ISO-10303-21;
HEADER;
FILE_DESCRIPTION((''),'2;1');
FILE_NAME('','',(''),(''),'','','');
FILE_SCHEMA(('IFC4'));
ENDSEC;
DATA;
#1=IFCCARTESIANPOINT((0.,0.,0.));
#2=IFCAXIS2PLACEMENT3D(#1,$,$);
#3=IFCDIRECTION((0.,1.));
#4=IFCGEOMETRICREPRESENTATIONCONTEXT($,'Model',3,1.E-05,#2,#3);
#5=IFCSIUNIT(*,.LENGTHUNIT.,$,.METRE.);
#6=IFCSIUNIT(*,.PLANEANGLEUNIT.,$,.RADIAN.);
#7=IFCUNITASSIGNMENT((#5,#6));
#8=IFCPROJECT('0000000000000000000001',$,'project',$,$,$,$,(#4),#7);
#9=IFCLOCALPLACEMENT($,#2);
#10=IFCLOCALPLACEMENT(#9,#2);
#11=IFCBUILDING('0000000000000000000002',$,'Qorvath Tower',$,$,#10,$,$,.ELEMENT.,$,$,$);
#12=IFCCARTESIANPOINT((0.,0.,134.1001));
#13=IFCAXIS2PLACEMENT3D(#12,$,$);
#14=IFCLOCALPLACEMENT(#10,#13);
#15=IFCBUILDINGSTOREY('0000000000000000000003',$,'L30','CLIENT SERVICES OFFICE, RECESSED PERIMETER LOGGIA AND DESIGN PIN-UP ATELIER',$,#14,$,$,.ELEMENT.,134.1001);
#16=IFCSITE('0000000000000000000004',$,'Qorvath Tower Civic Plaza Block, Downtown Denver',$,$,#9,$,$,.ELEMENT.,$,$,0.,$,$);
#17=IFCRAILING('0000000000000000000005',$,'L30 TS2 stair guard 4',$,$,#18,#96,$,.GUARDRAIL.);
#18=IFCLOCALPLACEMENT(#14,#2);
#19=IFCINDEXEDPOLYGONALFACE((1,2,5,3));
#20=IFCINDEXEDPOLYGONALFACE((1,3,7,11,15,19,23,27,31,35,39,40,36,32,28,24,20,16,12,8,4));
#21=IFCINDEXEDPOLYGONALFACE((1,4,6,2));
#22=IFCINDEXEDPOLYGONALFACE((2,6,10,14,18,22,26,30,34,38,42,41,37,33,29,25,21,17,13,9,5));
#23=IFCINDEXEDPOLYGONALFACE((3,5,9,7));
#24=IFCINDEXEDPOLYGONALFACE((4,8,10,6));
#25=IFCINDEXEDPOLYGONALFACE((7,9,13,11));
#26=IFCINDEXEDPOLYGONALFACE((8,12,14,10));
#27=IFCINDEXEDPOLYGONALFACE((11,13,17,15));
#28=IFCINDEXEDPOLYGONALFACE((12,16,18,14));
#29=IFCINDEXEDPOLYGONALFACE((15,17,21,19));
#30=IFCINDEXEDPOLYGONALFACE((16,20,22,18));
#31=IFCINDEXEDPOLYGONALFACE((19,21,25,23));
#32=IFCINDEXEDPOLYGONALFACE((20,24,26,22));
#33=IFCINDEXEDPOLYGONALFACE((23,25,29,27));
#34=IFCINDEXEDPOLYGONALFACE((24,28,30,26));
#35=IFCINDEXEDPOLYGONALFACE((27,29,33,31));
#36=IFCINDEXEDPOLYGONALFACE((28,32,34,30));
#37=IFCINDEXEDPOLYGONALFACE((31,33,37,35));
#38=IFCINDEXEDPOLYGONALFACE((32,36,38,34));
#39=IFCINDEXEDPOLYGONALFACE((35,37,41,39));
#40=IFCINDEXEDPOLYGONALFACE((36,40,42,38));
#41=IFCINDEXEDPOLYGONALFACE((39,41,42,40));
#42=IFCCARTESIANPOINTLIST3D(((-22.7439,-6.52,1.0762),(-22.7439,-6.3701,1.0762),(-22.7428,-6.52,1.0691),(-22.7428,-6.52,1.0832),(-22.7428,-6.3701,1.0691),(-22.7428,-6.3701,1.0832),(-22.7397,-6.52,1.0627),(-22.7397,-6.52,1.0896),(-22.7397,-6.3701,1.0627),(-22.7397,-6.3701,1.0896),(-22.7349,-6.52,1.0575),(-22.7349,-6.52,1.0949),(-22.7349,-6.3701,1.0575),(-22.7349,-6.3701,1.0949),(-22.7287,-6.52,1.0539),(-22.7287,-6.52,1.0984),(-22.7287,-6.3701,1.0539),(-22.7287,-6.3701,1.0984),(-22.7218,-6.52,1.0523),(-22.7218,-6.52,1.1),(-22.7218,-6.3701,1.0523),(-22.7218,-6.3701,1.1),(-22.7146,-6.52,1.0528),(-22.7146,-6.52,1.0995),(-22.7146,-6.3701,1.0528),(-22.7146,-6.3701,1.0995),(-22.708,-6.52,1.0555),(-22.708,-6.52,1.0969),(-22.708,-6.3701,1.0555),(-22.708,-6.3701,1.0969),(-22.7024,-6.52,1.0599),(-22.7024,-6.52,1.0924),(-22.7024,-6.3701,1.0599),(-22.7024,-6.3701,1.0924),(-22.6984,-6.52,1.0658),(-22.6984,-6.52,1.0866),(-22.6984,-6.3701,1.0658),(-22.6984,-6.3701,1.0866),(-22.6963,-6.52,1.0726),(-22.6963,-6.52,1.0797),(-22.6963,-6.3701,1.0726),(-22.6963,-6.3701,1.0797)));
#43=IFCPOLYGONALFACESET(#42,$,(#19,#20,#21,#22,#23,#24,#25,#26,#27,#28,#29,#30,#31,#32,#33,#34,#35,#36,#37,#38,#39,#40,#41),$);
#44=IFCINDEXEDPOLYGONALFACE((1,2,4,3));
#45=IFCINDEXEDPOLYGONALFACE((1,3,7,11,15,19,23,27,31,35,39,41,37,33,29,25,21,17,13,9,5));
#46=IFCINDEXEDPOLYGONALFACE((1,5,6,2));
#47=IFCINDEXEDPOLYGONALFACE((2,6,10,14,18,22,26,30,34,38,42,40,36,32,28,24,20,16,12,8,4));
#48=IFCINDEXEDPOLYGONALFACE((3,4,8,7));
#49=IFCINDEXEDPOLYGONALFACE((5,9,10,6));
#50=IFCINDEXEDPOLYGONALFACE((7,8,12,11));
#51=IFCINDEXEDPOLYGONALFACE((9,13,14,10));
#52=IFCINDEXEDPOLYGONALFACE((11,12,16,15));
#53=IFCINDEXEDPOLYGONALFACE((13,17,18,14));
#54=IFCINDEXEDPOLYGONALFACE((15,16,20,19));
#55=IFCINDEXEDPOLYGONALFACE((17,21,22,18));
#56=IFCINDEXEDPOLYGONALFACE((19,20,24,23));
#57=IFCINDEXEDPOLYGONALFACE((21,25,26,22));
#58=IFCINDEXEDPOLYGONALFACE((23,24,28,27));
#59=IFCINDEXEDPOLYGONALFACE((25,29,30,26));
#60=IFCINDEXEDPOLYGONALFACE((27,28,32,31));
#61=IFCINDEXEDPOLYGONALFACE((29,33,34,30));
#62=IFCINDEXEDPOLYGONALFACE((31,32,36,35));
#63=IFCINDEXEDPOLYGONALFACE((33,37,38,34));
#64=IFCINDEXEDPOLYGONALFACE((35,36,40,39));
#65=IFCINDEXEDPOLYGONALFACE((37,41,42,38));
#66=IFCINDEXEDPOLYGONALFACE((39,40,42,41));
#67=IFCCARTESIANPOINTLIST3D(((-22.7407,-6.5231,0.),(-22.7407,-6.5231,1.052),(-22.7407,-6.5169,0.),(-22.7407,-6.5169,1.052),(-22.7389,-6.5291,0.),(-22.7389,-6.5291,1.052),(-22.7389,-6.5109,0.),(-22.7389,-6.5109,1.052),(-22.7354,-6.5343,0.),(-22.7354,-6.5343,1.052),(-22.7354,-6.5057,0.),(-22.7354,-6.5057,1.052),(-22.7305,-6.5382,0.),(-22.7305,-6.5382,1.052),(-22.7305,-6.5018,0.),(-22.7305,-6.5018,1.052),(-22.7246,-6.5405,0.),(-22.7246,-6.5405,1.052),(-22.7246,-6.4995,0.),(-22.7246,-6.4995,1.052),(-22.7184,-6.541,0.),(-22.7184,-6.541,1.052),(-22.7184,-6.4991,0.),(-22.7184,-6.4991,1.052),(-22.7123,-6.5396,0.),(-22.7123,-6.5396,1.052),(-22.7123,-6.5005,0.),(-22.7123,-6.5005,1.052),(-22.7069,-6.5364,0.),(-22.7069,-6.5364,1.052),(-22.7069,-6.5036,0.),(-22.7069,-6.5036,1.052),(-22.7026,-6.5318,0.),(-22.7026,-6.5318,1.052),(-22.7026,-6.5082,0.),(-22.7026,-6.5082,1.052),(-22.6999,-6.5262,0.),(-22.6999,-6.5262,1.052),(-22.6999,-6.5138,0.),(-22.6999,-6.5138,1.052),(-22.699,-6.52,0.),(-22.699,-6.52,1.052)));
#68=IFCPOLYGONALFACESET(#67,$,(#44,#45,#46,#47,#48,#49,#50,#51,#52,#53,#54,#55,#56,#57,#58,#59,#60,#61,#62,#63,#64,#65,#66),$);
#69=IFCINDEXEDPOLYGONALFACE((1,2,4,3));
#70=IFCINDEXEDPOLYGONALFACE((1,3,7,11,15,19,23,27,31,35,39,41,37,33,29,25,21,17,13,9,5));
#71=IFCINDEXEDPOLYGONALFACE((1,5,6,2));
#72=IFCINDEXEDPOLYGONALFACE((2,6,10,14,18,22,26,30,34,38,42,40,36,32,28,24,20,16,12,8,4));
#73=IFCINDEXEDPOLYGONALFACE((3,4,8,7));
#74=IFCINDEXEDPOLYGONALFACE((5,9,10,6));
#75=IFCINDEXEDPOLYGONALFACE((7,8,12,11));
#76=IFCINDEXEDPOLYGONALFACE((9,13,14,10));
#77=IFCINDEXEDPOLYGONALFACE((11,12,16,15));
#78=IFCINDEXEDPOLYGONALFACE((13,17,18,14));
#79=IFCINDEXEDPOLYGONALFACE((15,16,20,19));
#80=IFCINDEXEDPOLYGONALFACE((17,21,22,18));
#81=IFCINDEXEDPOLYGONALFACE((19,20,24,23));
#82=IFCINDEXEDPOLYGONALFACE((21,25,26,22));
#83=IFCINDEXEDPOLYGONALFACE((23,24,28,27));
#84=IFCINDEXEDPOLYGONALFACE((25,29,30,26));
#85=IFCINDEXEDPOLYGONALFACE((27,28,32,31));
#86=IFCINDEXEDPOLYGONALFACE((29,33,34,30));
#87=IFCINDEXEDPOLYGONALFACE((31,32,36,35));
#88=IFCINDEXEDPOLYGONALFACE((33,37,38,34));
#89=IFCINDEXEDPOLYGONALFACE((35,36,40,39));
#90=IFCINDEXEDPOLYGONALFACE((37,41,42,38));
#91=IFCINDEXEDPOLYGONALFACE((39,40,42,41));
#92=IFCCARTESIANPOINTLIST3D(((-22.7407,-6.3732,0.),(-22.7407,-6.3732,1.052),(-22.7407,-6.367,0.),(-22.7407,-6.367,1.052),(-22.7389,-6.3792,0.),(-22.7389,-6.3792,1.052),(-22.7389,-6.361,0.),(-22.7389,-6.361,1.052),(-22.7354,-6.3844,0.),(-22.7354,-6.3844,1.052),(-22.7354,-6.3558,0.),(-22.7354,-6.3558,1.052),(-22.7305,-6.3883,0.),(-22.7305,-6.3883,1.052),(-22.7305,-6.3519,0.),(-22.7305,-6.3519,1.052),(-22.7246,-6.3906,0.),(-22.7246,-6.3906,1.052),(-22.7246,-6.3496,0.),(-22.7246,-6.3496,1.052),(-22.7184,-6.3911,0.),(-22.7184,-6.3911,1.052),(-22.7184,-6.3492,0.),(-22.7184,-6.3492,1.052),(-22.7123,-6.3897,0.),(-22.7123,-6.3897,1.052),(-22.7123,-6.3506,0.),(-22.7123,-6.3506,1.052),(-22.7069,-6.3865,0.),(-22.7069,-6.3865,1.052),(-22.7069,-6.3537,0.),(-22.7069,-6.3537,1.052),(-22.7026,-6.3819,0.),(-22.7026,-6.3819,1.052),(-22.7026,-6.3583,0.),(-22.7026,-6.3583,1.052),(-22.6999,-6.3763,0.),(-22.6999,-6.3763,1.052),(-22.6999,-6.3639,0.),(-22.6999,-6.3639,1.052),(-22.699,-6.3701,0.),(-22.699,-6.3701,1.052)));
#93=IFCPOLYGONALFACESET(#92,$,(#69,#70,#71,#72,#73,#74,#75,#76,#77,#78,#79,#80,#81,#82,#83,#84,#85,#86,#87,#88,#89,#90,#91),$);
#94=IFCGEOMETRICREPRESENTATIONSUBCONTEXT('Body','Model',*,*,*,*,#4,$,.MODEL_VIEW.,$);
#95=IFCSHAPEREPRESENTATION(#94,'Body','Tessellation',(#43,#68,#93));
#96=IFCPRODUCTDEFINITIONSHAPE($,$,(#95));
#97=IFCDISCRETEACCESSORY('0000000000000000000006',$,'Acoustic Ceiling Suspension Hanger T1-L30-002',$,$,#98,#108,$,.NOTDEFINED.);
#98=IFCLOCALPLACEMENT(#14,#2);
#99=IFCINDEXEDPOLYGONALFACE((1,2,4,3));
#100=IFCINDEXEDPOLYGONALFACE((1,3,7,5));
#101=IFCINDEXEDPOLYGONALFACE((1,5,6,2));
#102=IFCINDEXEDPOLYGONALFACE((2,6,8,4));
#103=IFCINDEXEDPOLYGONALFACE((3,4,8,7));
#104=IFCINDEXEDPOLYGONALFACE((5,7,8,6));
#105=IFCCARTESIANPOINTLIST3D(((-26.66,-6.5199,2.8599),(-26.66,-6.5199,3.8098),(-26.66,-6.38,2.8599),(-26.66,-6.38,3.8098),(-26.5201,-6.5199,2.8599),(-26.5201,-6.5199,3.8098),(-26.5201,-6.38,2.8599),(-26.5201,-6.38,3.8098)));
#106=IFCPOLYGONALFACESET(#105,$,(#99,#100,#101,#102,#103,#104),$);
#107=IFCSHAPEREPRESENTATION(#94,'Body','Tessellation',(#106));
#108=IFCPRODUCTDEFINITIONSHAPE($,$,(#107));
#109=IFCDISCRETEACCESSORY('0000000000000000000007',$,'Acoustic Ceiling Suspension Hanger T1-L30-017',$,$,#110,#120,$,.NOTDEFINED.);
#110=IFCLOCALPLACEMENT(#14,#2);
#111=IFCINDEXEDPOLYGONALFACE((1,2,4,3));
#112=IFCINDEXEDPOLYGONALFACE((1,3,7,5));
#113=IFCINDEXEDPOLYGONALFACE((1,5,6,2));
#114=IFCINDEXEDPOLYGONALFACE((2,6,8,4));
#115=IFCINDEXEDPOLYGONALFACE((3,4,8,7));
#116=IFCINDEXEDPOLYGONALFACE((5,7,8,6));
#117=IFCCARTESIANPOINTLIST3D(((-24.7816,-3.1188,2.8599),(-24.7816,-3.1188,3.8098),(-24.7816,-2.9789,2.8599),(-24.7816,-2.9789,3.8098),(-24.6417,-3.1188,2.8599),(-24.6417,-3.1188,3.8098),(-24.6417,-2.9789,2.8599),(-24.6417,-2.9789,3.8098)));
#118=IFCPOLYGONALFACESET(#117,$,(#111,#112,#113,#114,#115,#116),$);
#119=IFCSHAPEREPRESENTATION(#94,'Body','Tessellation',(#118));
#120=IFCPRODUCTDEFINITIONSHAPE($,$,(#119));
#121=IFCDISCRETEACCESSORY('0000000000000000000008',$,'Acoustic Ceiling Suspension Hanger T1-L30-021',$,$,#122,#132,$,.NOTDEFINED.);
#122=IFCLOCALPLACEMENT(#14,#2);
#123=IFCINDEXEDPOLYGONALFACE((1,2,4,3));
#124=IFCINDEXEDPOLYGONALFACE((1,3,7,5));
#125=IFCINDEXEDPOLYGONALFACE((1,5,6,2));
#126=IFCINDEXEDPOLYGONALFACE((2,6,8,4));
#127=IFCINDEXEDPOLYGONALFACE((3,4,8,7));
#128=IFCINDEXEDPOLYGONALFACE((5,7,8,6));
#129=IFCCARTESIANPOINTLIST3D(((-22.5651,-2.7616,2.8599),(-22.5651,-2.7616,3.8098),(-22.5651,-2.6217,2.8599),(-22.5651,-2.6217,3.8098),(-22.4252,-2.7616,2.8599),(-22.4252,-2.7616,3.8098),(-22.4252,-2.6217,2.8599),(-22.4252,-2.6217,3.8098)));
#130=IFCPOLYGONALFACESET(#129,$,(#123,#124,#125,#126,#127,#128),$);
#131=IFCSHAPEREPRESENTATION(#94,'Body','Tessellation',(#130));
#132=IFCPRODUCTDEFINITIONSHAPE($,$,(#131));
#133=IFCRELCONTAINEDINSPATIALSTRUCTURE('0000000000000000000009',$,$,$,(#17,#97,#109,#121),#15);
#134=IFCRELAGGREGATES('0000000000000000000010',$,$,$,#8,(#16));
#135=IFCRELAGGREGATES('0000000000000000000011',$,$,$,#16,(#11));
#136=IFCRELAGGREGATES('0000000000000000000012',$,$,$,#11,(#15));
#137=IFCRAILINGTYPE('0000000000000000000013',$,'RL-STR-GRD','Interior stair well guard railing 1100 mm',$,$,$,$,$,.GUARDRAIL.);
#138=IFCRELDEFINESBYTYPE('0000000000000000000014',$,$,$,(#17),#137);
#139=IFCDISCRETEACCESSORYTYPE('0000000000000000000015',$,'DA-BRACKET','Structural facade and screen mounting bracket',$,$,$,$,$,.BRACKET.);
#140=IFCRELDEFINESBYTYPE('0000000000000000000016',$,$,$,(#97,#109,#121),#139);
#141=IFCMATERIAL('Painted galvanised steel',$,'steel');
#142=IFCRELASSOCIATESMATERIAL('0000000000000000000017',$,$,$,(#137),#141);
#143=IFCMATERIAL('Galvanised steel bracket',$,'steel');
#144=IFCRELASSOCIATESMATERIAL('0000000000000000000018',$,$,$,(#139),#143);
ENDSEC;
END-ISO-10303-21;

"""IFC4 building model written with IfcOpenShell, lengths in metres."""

from ifc_helpers import new_model, si_unit, direction, frame, origin, origin_2d, place, context, subcontext, project, spatial, rectangle, circle, extrude, material, type_object, element, save


model = new_model("IFC4")

# Units and contexts
model_context = context("Model", 3, precision=1e-05, world=origin(), true_north=direction((0.0, 1.0)))
body_context = subcontext(model_context, "Body", "Model", "MODEL_VIEW")
ifc_project = project(units=[si_unit("LENGTHUNIT", "METRE"), si_unit("PLANEANGLEUNIT", "RADIAN")], contexts=[model_context])

# Site, building, storey
site_placement = place(None, origin())
site = spatial("IfcSite", under=ifc_project, at=site_placement, Name="Qorvath Tower Civic Plaza Block, Downtown Denver", CompositionType="ELEMENT", RefElevation=0.0)
building_placement = place(site_placement, origin())
building = spatial("IfcBuilding", under=site, at=building_placement, Name="Qorvath Tower", CompositionType="ELEMENT")
storey_placement = place(building_placement, frame((0.0, 0.0, 134.1001)))
storey = spatial("IfcBuildingStorey", under=building, at=storey_placement, Name="L30", Description="CLIENT SERVICES OFFICE, RECESSED PERIMETER LOGGIA AND DESIGN PIN-UP ATELIER", CompositionType="ELEMENT", Elevation=134.1001)

# Railing
ifc_material_1 = material(Name="Painted galvanised steel", Category="steel")
railing_type = type_object("IfcRailingType", Name="RL-STR-GRD", Description="Interior stair well guard railing 1100 mm", PredefinedType="GUARDRAIL", material=ifc_material_1)
railing_1_placement = place(storey_placement, frame((-22.72, -6.52, 0.0)))
element("IfcRailing", 1, at=railing_1_placement, inside=storey, type_object=railing_type, Name="L30 TS2 stair guard 4", PredefinedType="GUARDRAIL", context=body_context, shape_type="SweptSolid", body=[
    extrude(circle(Radius=0.0239, at=origin_2d()), frame((0.0, 0.0, 1.0762), z_axis=(0.0, 1.0, 0.0), x_axis=(-1.0, 0.0, 0.0)), (0.0, 0.0, 1.0), 0.1499),
    extrude(circle(Radius=0.021, at=origin_2d()), origin(), (0.0, 0.0, 1.0), 1.052),
    extrude(circle(Radius=0.021, at=origin_2d()), frame((0.0, 0.1499, 0.0)), (0.0, 0.0, 1.0), 1.052),
])

# Discrete accessories
ifc_material_2 = material(Name="Galvanised steel bracket", Category="steel")
discrete_accessory_type = type_object("IfcDiscreteAccessoryType", Name="DA-BRACKET", Description="Structural facade and screen mounting bracket", PredefinedType="BRACKET", material=ifc_material_2)
for number, where, z_axis, x_axis, name in (
    (2, (-26.5901, -6.45, 2.8599), (0.0, 0.0, 1.0), (1.0, 0.0, 0.0), "Acoustic Ceiling Suspension Hanger T1-L30-002"),
    (3, (-24.7117, -3.0488, 2.8599), (0.0, 0.0, 1.0), (1.0, 0.0, 0.0), "Acoustic Ceiling Suspension Hanger T1-L30-017"),
    (4, (-22.4951, -2.6917, 2.8599), (0.0, 0.0, 1.0), (1.0, 0.0, 0.0), "Acoustic Ceiling Suspension Hanger T1-L30-021"),
):
    element("IfcDiscreteAccessory", number, at=place(storey_placement, frame(where, z_axis=z_axis, x_axis=x_axis)), inside=storey, type_object=discrete_accessory_type, Name=name, PredefinedType="NOTDEFINED", context=body_context, shape_type="SweptSolid", body=[
        extrude(rectangle(XDim=0.1399, YDim=0.1399, at=origin_2d()), origin(), (0.0, 0.0, 1.0), 0.95),
    ])

save(model, "model.ifc")
